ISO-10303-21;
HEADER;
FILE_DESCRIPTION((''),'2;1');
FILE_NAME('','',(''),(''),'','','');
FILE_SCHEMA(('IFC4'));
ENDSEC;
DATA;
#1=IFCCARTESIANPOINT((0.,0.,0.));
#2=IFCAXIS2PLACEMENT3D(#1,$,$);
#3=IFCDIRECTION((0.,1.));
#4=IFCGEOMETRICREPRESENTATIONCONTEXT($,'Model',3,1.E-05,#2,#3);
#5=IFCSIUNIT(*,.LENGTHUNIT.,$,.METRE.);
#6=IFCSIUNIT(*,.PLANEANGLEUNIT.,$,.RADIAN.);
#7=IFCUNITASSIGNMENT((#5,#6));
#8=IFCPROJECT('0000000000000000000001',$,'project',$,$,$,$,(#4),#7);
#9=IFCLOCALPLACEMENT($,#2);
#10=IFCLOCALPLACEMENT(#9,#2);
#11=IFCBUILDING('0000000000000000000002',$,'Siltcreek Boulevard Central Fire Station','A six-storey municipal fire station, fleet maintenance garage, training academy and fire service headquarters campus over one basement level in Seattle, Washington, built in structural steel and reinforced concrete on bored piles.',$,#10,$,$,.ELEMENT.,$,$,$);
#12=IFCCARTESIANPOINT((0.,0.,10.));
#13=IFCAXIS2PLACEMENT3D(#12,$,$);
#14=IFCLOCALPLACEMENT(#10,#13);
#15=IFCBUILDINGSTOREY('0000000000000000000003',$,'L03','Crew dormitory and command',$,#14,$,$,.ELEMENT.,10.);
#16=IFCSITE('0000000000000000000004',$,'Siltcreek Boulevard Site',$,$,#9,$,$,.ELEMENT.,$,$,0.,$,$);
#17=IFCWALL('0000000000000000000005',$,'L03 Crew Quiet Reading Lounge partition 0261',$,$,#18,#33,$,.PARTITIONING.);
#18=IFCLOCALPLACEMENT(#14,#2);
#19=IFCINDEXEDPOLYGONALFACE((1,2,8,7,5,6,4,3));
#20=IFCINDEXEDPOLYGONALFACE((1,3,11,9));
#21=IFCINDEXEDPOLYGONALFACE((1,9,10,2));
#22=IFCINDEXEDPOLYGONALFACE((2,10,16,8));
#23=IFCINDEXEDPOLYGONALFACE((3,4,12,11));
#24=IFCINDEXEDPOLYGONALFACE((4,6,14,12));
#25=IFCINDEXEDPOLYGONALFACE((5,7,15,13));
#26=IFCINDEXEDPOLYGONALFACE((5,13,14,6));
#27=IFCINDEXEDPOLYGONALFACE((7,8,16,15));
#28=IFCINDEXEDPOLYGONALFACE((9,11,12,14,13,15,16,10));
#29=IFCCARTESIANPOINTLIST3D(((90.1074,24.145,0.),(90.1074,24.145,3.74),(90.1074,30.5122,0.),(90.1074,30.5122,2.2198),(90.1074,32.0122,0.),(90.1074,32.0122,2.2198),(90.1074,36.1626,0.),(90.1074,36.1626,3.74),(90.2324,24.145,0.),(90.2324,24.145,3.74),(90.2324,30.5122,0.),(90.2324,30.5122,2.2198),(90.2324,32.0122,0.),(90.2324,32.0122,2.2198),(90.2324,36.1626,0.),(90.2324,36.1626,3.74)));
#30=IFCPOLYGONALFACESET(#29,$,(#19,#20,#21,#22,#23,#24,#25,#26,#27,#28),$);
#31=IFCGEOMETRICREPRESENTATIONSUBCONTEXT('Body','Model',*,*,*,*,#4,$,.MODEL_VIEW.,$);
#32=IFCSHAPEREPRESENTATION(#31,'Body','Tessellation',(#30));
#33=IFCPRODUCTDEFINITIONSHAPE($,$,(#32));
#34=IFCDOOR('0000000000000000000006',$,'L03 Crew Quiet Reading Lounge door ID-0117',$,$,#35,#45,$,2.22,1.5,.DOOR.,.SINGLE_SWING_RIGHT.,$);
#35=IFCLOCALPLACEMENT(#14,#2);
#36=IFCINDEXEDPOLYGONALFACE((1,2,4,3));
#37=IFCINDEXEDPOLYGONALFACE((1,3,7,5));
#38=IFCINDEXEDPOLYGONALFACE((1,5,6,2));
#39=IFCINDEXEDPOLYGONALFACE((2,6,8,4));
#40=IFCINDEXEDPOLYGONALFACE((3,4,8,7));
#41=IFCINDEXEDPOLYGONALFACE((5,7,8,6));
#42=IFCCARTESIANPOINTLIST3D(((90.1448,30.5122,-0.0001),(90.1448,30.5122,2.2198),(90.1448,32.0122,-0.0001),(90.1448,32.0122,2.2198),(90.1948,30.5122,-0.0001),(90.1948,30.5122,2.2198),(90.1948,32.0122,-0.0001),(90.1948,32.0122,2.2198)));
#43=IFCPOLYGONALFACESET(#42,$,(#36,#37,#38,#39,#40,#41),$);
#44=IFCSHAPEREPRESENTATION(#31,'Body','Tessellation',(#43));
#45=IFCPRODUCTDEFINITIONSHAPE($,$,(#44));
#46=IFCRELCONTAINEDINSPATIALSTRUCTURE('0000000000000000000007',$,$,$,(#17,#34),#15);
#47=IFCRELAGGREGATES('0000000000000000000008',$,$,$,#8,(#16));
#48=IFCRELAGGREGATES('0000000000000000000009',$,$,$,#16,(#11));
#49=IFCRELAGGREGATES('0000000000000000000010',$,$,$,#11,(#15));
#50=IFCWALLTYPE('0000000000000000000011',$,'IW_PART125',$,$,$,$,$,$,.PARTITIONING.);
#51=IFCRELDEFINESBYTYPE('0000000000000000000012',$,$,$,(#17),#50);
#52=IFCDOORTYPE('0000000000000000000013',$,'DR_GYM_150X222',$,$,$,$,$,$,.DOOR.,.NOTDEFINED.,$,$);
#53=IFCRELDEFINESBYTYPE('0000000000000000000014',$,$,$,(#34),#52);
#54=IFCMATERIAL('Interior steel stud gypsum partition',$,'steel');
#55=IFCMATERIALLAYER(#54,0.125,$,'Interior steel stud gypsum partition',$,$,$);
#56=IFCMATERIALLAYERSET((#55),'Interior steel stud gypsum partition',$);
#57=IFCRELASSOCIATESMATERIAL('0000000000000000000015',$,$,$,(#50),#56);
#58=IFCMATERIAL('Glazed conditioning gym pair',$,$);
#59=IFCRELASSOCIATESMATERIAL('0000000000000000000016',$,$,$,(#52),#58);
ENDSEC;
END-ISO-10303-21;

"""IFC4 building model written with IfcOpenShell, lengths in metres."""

from ifc_helpers import new_model, si_unit, direction, frame, frame_2d, origin, place, context, subcontext, project, spatial, rectangle, extrude, material, layer, layer_set, type_object, element, fill, save


model = new_model("IFC4")

# Units and contexts
model_context = context("Model", 3, precision=1e-05, world=origin(), true_north=direction((0.0, 1.0)))
body_context = subcontext(model_context, "Body", "Model", "MODEL_VIEW")
ifc_project = project(units=[si_unit("LENGTHUNIT", "METRE"), si_unit("PLANEANGLEUNIT", "RADIAN")], contexts=[model_context])

# Site, building, storey
site_placement = place(None, origin())
site = spatial("IfcSite", under=ifc_project, at=site_placement, Name="Siltcreek Boulevard Site", CompositionType="ELEMENT", RefElevation=0.0)
building_placement = place(site_placement, origin())
building = spatial("IfcBuilding", under=site, at=building_placement, Name="Siltcreek Boulevard Central Fire Station", Description="A six-storey municipal fire station, fleet maintenance garage, training academy and fire service headquarters campus over one basement level in Seattle, Washington, built in structural steel and reinforced concrete on bored piles.", CompositionType="ELEMENT")
storey_placement = place(building_placement, frame((0.0, 0.0, 10.0)))
storey = spatial("IfcBuildingStorey", under=building, at=storey_placement, Name="L03", Description="Crew dormitory and command", CompositionType="ELEMENT", Elevation=10.0)

# Wall, opening, door
ifc_material_1 = material(Name="Interior steel stud gypsum partition", Category="steel")
ifc_layer_1 = layer(ifc_material_1, 0.125, Name="Interior steel stud gypsum partition")
ifc_layer_set_1 = layer_set([ifc_layer_1], Name="Interior steel stud gypsum partition")
wall_type_1 = type_object("IfcWallType", Name="IW_PART125", PredefinedType="PARTITIONING", material=ifc_layer_set_1)
wall_1_placement = place(storey_placement, frame((90.1699, 24.145, 0.0), z_axis=(0.0, 0.0, 1.0), x_axis=(0.0, 1.0, 0.0)))
wall_1 = element("IfcWall", 1, at=wall_1_placement, inside=storey, type_object=wall_type_1, Name="L03 Crew Quiet Reading Lounge partition 0261", PredefinedType="PARTITIONING", context=body_context, shape_type="SweptSolid", body=[
    extrude(rectangle(XDim=12.0176, YDim=0.125, at=frame_2d((6.0088, 0.0))), origin(), (0.0, 0.0, 1.0), 3.74),
])
opening_1_placement = place(wall_1_placement, frame((6.3672, 0.0, 0.0)))
opening_1 = element("IfcOpeningElement", 2, at=opening_1_placement, cuts=wall_1, PredefinedType="OPENING", context=body_context, shape_type="SweptSolid", body=[
    extrude(rectangle(XDim=1.5, YDim=2.22, at=frame_2d((0.75, 1.1099))), frame((0.0, 0.0725, 0.0), z_axis=(0.0, -1.0, 0.0), x_axis=(1.0, 0.0, 0.0)), (0.0, 0.0, 1.0), 0.145),
])
ifc_material_2 = material(Name="Glazed conditioning gym pair")
door_type_1 = type_object("IfcDoorType", Name="DR_GYM_150X222", OperationType="NOTDEFINED", PredefinedType="DOOR", material=ifc_material_2)
door_1_placement = place(opening_1_placement, frame((1.5, 0.0, 0.0), z_axis=(0.0, 0.0, 1.0), x_axis=(-1.0, 0.0, 0.0)))
door_1 = element("IfcDoor", 3, at=door_1_placement, inside=storey, type_object=door_type_1, Name="L03 Crew Quiet Reading Lounge door ID-0117", OperationType="SINGLE_SWING_RIGHT", OverallHeight=2.22, OverallWidth=1.5, PredefinedType="DOOR", context=body_context, shape_type="SweptSolid", body=[
    extrude(rectangle(XDim=1.5, YDim=2.22, at=frame_2d((0.75, 1.1099))), frame((0.0, 0.0249, 0.0), z_axis=(0.0, -1.0, 0.0), x_axis=(1.0, 0.0, 0.0)), (0.0, 0.0, 1.0), 0.05),
])
fill(opening_1, door_1)

save(model, "model.ifc")
